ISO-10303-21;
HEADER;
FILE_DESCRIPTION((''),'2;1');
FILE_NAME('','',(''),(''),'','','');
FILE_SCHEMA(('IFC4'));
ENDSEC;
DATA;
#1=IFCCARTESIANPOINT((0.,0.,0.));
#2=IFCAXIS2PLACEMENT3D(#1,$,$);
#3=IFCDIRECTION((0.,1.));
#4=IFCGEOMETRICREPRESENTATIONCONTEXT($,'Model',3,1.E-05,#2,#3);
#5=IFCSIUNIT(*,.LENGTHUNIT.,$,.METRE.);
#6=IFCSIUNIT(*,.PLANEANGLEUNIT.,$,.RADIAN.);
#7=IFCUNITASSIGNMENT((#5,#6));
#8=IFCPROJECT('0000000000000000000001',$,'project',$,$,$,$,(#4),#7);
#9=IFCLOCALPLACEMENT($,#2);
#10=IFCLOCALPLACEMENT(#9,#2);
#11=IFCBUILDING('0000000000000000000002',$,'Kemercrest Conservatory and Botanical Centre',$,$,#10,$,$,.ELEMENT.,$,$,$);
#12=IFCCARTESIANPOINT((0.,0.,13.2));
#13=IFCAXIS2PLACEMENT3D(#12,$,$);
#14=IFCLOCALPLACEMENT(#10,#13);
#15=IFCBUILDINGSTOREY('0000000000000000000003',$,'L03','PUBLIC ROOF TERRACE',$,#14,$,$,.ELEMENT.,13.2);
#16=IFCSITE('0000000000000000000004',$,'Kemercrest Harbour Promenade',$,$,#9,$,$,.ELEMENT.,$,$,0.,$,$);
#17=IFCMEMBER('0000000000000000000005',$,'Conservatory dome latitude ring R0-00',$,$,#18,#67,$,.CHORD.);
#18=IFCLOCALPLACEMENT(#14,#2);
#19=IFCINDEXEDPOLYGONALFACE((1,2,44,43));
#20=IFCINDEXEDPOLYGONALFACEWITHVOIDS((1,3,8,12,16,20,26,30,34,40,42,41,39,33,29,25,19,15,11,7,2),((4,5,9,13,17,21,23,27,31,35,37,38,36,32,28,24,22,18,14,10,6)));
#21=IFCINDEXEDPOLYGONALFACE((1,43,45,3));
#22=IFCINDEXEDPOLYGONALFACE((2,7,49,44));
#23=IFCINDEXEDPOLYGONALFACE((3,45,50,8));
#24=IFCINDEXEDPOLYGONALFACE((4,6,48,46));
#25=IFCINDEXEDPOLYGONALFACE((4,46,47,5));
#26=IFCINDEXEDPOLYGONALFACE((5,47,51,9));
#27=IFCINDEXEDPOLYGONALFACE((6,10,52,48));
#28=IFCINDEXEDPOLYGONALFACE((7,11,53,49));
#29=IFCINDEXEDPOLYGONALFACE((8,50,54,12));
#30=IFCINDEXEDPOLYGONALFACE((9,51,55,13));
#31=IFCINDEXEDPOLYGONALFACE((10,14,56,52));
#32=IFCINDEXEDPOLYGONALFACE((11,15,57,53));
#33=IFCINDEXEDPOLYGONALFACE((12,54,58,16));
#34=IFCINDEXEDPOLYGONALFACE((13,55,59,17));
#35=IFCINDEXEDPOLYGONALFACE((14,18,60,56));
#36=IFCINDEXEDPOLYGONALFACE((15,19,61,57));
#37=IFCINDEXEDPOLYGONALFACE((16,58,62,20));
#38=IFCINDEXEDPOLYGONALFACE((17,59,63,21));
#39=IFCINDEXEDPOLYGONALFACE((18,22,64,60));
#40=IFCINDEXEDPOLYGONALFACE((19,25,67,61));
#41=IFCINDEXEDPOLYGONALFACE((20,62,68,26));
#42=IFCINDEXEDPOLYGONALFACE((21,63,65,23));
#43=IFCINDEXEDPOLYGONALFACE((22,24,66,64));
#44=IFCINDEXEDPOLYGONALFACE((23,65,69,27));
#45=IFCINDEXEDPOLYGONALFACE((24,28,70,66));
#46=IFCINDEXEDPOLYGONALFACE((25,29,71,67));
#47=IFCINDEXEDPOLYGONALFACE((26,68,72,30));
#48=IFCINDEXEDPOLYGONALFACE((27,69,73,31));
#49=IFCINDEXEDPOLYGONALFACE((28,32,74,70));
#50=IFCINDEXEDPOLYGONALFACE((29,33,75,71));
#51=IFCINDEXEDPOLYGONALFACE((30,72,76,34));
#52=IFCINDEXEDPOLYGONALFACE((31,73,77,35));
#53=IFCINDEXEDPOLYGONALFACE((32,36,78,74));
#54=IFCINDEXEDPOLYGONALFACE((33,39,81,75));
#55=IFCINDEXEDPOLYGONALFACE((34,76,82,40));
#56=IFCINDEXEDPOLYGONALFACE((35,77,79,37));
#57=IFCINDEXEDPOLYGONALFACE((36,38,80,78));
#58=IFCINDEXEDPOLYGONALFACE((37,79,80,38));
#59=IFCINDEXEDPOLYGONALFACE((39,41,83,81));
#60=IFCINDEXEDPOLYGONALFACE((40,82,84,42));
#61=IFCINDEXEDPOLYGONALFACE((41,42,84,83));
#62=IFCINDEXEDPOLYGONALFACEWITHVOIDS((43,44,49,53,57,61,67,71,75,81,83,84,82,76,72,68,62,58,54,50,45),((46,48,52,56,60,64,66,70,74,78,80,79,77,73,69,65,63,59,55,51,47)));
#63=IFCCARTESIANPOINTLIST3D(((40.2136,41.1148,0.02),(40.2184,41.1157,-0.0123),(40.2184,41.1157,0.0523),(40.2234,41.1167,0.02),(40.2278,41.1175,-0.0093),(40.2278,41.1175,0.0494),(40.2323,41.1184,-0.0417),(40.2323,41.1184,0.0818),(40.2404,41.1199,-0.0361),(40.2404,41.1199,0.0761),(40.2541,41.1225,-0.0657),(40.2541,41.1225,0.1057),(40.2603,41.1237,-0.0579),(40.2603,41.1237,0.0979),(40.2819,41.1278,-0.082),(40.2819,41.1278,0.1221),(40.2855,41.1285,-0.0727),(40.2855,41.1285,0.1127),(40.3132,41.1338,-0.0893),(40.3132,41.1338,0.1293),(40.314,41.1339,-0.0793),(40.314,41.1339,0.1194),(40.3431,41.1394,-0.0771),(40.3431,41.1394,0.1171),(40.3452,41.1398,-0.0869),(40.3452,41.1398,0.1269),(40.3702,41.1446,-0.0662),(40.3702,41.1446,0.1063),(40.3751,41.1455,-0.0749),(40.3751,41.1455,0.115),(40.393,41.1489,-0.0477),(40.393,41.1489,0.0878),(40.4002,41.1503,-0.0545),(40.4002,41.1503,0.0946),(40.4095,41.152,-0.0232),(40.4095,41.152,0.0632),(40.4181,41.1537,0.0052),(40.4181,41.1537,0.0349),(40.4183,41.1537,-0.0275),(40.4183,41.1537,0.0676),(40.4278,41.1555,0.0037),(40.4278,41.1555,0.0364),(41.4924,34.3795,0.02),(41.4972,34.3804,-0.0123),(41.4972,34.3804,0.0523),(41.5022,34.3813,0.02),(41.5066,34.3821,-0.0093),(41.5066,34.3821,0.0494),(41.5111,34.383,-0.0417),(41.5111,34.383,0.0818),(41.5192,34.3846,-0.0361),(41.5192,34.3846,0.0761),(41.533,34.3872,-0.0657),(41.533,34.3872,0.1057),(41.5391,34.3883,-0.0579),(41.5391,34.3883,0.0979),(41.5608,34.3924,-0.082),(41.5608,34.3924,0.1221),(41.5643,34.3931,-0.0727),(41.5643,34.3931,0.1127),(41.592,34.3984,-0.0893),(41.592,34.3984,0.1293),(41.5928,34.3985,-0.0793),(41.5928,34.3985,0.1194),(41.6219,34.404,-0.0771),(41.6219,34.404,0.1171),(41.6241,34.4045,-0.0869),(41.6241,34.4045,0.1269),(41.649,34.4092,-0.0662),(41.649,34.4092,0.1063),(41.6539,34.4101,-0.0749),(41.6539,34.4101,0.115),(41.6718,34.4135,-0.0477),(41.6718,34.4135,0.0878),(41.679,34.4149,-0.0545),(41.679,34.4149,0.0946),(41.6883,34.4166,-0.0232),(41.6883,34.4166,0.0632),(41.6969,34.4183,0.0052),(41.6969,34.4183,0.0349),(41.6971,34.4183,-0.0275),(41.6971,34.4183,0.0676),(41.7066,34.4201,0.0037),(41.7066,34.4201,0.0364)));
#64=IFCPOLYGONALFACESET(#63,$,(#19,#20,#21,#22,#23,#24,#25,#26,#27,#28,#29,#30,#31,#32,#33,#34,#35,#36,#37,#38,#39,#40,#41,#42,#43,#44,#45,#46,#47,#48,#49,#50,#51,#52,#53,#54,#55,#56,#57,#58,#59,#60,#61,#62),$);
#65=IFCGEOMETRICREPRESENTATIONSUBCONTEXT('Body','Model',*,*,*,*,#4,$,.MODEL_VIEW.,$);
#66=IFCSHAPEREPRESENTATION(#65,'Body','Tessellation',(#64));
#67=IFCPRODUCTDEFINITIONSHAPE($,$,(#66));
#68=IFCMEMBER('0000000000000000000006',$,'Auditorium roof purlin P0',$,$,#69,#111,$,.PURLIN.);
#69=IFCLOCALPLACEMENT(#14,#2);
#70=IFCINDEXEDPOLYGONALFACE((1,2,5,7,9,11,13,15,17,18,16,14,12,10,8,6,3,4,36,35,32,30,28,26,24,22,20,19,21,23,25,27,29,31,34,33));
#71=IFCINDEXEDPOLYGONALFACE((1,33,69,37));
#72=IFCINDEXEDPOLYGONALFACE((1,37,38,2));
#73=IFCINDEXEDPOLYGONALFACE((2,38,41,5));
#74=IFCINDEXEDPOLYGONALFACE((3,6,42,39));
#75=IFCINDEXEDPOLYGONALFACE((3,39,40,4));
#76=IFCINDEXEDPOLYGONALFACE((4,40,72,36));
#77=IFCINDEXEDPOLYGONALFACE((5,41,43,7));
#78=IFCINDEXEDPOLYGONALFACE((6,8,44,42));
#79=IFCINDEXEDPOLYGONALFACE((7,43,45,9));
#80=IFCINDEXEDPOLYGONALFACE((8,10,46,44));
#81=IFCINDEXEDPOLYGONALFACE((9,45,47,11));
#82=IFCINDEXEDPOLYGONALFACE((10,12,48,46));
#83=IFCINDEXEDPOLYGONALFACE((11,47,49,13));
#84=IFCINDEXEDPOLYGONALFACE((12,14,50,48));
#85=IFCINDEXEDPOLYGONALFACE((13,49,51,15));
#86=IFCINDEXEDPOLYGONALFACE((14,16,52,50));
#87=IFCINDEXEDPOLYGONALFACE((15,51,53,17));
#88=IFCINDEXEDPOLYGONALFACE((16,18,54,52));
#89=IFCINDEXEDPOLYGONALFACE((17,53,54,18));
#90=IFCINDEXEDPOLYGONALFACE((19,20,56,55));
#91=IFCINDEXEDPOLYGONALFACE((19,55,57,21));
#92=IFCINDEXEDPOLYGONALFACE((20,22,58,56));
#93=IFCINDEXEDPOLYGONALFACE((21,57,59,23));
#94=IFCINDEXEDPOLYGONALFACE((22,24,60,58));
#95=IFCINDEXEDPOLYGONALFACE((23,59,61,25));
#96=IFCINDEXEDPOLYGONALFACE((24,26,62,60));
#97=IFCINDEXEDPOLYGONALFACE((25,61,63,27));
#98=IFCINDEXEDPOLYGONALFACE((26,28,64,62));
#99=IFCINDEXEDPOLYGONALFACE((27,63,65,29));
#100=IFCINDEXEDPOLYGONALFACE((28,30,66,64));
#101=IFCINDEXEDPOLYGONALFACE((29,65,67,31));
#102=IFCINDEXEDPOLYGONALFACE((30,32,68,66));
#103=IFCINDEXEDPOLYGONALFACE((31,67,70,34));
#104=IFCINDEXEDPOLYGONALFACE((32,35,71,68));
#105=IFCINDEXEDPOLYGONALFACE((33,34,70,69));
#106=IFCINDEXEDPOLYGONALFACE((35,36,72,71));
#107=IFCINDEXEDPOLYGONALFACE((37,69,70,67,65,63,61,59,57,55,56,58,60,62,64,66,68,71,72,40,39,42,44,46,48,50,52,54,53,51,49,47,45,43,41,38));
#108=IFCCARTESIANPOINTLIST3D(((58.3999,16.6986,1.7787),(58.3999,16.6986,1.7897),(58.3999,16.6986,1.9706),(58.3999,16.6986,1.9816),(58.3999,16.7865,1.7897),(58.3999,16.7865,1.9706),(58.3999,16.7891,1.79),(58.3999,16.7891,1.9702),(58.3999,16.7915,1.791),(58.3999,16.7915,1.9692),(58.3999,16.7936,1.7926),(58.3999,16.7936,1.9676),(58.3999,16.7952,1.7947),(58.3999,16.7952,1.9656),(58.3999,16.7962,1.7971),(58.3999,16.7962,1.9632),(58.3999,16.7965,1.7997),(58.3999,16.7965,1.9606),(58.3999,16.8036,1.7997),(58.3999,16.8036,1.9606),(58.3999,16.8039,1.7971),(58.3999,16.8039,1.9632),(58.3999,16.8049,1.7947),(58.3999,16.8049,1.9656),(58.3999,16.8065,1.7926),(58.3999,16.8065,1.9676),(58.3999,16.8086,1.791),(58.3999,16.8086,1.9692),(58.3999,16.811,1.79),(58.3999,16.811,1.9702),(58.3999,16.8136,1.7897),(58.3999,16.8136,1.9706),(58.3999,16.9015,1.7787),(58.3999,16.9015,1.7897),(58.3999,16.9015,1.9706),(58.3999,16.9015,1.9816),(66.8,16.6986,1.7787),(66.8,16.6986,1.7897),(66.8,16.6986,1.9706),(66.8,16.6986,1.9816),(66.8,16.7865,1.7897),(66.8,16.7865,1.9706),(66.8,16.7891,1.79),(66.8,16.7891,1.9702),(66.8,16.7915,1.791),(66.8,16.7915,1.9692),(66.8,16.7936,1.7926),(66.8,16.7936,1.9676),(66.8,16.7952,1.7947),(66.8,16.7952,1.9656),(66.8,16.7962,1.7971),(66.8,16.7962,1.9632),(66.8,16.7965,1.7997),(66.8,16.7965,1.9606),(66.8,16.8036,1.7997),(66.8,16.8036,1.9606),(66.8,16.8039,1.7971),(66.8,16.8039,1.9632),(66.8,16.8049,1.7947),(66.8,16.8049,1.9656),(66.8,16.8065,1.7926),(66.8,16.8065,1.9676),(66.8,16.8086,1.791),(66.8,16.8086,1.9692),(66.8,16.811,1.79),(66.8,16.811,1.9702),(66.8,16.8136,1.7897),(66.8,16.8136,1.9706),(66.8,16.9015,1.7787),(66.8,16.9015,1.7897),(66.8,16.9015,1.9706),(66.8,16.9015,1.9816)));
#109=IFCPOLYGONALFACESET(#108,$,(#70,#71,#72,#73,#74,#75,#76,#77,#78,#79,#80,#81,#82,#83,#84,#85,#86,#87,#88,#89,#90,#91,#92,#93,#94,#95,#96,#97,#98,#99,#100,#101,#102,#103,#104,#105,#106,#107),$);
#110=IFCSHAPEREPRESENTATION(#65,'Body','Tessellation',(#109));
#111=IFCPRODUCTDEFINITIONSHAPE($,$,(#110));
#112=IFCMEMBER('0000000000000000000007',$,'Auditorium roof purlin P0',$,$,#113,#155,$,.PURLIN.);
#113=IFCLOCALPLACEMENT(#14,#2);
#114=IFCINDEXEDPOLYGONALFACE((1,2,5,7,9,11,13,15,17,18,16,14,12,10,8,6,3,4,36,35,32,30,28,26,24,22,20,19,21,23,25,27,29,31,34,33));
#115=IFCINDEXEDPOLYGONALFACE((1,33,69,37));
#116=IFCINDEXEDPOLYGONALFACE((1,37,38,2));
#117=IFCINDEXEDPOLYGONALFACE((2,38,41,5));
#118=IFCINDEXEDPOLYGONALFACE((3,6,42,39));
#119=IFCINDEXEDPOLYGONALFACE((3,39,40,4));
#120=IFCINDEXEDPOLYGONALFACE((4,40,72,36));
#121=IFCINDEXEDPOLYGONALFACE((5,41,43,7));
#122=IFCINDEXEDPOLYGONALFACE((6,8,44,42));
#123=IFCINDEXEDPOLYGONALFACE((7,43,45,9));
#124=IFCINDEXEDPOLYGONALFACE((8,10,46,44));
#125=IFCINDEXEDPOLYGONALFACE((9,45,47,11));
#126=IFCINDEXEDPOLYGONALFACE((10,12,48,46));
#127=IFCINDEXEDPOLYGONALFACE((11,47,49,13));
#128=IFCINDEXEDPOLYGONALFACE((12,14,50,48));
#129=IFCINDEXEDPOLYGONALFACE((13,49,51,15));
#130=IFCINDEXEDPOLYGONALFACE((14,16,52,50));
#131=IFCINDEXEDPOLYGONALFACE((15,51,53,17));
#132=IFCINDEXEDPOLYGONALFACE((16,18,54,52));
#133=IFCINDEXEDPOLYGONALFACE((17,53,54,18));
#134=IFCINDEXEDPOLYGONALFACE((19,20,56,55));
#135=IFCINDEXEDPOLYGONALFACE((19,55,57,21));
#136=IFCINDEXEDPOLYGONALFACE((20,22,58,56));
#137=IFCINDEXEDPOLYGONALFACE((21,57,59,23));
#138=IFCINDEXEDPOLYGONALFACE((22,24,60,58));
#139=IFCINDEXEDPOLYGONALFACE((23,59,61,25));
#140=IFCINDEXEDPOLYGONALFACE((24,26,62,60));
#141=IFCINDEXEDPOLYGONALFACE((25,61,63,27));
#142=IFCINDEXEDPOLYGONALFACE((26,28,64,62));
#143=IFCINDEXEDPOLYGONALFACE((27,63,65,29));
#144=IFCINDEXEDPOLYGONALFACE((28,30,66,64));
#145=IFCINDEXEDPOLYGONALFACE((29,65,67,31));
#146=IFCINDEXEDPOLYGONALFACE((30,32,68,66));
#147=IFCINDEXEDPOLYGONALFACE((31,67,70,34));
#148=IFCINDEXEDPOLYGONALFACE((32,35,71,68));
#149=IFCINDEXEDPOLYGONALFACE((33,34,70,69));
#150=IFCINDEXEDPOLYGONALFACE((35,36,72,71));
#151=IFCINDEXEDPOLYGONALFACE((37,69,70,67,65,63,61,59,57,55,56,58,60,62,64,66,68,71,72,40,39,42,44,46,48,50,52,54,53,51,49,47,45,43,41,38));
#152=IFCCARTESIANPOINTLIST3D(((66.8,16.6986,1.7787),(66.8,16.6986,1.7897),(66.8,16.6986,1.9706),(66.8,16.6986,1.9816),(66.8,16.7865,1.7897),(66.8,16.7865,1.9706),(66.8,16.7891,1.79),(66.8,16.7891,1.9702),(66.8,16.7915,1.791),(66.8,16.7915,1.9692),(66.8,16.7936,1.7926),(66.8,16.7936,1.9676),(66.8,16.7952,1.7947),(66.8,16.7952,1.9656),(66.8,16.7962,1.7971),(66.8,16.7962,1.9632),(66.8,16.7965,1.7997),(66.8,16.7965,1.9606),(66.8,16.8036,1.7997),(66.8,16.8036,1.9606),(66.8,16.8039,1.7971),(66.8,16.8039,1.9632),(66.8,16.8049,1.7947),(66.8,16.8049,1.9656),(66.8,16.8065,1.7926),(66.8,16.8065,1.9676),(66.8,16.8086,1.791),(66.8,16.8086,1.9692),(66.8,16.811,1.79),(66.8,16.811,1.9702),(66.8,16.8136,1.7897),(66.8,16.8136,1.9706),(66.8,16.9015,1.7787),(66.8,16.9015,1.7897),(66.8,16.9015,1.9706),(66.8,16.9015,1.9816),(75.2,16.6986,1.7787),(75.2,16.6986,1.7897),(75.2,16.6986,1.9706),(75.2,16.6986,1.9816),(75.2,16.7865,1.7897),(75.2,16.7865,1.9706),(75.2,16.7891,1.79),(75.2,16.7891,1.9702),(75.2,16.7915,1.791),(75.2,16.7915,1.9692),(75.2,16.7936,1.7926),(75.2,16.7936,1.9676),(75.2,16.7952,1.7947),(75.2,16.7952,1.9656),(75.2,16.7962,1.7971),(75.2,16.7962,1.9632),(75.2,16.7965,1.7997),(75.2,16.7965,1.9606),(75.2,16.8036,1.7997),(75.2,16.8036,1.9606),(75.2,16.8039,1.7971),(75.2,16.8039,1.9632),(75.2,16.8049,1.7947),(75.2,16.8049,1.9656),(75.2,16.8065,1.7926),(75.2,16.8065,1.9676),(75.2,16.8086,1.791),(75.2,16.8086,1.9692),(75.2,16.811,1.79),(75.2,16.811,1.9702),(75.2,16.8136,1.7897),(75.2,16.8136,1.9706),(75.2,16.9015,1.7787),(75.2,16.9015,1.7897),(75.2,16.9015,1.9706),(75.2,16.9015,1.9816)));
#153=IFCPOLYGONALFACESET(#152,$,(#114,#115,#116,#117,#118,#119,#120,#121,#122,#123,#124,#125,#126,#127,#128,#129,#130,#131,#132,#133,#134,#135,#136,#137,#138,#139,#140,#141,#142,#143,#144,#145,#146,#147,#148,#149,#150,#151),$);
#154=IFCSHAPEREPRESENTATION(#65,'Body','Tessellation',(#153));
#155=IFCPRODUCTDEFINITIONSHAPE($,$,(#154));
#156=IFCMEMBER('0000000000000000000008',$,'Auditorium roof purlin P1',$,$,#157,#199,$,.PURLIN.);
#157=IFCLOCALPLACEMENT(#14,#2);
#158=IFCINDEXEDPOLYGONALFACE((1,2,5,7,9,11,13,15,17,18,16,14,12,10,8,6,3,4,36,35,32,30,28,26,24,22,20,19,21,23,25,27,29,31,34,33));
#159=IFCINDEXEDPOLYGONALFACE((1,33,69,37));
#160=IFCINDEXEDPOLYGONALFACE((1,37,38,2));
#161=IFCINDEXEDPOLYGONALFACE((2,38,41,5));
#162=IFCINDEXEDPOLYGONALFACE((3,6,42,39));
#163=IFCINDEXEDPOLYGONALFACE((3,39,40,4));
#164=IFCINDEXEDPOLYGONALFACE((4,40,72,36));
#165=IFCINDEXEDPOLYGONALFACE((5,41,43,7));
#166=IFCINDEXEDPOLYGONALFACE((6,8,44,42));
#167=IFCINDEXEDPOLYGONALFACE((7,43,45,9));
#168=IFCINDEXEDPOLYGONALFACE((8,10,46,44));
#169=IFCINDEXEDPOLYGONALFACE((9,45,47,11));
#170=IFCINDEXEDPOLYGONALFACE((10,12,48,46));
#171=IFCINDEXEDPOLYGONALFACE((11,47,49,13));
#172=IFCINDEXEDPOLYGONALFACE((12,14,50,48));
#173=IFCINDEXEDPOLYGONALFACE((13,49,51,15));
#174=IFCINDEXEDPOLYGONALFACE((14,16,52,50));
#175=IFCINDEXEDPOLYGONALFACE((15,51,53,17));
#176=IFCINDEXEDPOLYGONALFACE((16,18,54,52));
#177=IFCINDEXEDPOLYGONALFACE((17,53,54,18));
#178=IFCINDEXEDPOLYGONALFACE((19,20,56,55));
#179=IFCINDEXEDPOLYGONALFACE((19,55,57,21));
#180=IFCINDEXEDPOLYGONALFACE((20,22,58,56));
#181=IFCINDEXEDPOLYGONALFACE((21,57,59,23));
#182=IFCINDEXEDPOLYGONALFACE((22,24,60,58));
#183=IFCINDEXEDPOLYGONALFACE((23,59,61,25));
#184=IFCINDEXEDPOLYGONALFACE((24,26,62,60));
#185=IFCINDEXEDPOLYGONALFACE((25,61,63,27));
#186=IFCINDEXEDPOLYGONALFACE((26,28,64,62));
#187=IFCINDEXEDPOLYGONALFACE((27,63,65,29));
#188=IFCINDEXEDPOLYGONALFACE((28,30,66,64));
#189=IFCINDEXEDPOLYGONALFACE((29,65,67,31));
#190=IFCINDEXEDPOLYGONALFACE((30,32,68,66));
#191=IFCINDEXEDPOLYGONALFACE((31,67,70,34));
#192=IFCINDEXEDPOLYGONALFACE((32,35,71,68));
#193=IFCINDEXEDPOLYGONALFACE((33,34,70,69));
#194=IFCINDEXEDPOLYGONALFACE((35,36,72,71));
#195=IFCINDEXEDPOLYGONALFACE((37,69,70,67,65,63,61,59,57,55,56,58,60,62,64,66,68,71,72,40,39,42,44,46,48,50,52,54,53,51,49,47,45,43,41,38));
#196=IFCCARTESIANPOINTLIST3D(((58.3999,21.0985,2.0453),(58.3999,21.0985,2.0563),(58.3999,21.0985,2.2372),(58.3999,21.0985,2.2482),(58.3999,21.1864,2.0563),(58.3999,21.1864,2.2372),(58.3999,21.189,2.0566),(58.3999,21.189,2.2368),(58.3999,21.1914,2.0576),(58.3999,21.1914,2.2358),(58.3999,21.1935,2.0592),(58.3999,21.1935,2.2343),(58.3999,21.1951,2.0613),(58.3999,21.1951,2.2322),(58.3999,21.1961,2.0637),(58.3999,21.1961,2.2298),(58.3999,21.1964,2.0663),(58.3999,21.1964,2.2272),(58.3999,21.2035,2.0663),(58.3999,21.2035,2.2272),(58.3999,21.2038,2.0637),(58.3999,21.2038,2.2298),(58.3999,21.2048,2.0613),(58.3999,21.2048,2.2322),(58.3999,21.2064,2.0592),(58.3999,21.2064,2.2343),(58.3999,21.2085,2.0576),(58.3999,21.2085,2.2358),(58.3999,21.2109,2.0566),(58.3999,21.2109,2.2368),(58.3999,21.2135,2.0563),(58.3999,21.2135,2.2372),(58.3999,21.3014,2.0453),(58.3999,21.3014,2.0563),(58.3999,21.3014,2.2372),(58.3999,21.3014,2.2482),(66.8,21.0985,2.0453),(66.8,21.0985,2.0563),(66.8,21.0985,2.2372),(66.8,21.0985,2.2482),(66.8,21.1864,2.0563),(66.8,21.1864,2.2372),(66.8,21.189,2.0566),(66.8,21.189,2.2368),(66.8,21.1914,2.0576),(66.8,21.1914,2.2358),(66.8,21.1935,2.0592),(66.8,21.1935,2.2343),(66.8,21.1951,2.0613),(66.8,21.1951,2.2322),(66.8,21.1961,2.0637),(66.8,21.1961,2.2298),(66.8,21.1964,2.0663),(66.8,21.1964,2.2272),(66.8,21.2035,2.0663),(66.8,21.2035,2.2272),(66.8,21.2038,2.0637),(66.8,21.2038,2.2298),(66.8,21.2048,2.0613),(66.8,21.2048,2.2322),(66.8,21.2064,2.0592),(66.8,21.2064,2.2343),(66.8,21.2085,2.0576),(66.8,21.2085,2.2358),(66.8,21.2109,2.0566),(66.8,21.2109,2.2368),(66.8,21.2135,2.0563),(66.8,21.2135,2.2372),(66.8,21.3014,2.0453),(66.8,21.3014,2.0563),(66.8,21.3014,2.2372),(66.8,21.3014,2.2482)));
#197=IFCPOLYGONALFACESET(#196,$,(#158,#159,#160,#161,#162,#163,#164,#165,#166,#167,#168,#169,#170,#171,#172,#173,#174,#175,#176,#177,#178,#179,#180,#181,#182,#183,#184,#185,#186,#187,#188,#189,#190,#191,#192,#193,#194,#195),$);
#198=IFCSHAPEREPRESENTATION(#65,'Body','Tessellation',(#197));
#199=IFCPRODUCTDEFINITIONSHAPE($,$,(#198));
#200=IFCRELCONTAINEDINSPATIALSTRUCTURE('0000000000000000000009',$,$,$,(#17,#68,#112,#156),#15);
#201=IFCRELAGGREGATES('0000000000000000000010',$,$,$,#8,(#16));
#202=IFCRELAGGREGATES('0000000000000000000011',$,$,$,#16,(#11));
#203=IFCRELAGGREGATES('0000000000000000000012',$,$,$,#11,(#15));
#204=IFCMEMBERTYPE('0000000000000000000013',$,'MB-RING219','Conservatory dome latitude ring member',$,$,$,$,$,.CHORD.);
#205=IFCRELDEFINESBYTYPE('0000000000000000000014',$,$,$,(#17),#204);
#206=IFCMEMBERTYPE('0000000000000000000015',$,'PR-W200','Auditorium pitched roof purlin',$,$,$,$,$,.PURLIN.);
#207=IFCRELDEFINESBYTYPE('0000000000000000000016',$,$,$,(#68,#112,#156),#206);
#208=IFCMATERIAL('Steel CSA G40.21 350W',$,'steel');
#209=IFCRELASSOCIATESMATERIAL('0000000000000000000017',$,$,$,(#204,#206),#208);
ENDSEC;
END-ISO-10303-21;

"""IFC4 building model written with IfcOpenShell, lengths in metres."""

from ifc_helpers import new_model, si_unit, direction, frame, origin, origin_2d, place, context, subcontext, project, spatial, hollow_circle, i_section, extrude, material, material_profile, profile_set, type_object, element, save


model = new_model("IFC4")

# Units and contexts
model_context = context("Model", 3, precision=1e-05, world=origin(), true_north=direction((0.0, 1.0)))
body_context = subcontext(model_context, "Body", "Model", "MODEL_VIEW")
ifc_project = project(units=[si_unit("LENGTHUNIT", "METRE"), si_unit("PLANEANGLEUNIT", "RADIAN")], contexts=[model_context])

# Site, building, storey
site_placement = place(None, origin())
site = spatial("IfcSite", under=ifc_project, at=site_placement, Name="Kemercrest Harbour Promenade", CompositionType="ELEMENT", RefElevation=0.0)
building_placement = place(site_placement, origin())
building = spatial("IfcBuilding", under=site, at=building_placement, Name="Kemercrest Conservatory and Botanical Centre", CompositionType="ELEMENT")
storey_placement = place(building_placement, frame((0.0, 0.0, 13.2)))
storey = spatial("IfcBuildingStorey", under=building, at=storey_placement, Name="L03", Description="PUBLIC ROOF TERRACE", CompositionType="ELEMENT", Elevation=13.2)

# Shared definitions
ifc_material_1 = material(Name="Steel CSA G40.21 350W", Category="steel")

# Members
ifc_material_profile_1 = material_profile(ifc_material_1, hollow_circle(Radius=0.1096, WallThickness=0.01, at=origin_2d()), Name="CHS 219.1x10.0")
ifc_profile_set_1 = profile_set([ifc_material_profile_1], Name="Steel CSA G40.21 350W")
member_type_1 = type_object("IfcMemberType", Name="MB-RING219", Description="Conservatory dome latitude ring member", PredefinedType="CHORD", material=ifc_profile_set_1)
member_1_placement = place(storey_placement, frame((41.6001, 34.3999, 0.02), z_axis=(-0.186533, 0.982449, 0.0), x_axis=(-0.982449, -0.186533, 0.0)))
element("IfcMember", 1, at=member_1_placement, inside=storey, type_object=member_type_1, Name="Conservatory dome latitude ring R0-00", PredefinedType="CHORD", context=body_context, shape_type="SweptSolid", body=[
    extrude(hollow_circle(Radius=0.1096, WallThickness=0.01, at=origin_2d()), origin(), (0.0, 0.0, 1.0), 6.8557),
])
ifc_material_profile_2 = material_profile(ifc_material_1, i_section(OverallWidth=0.2029, OverallDepth=0.2029, WebThickness=0.0071, FlangeThickness=0.011, FilletRadius=0.01, at=origin_2d()), Name="W200X46")
ifc_profile_set_2 = profile_set([ifc_material_profile_2], Name="Steel CSA G40.21 350W")
member_type_2 = type_object("IfcMemberType", Name="PR-W200", Description="Auditorium pitched roof purlin", PredefinedType="PURLIN", material=ifc_profile_set_2)
member_2_placement = place(storey_placement, frame((58.3999, 16.8, 1.8801), z_axis=(1.0, 0.0, 0.0), x_axis=(0.0, 1.0, 0.0)))
element("IfcMember", 2, at=member_2_placement, inside=storey, type_object=member_type_2, Name="Auditorium roof purlin P0", PredefinedType="PURLIN", context=body_context, shape_type="SweptSolid", body=[
    extrude(i_section(OverallWidth=0.2029, OverallDepth=0.2029, WebThickness=0.0071, FlangeThickness=0.011, FilletRadius=0.01, at=origin_2d()), origin(), (0.0, 0.0, 1.0), 8.4001),
])
member_3_placement = place(storey_placement, frame((66.8, 16.8, 1.8801), z_axis=(1.0, 0.0, 0.0), x_axis=(0.0, 1.0, 0.0)))
element("IfcMember", 3, at=member_3_placement, inside=storey, type_object=member_type_2, Name="Auditorium roof purlin P0", PredefinedType="PURLIN", context=body_context, shape_type="SweptSolid", body=[
    extrude(i_section(OverallWidth=0.2029, OverallDepth=0.2029, WebThickness=0.0071, FlangeThickness=0.011, FilletRadius=0.01, at=origin_2d()), origin(), (0.0, 0.0, 1.0), 8.3999),
])
member_4_placement = place(storey_placement, frame((58.3999, 21.2, 2.1467), z_axis=(1.0, 0.0, 0.0), x_axis=(0.0, 1.0, 0.0)))
element("IfcMember", 4, at=member_4_placement, inside=storey, type_object=member_type_2, Name="Auditorium roof purlin P1", PredefinedType="PURLIN", context=body_context, shape_type="SweptSolid", body=[
    extrude(i_section(OverallWidth=0.2029, OverallDepth=0.2029, WebThickness=0.0071, FlangeThickness=0.011, FilletRadius=0.01, at=origin_2d()), origin(), (0.0, 0.0, 1.0), 8.4001),
])

save(model, "model.ifc")
